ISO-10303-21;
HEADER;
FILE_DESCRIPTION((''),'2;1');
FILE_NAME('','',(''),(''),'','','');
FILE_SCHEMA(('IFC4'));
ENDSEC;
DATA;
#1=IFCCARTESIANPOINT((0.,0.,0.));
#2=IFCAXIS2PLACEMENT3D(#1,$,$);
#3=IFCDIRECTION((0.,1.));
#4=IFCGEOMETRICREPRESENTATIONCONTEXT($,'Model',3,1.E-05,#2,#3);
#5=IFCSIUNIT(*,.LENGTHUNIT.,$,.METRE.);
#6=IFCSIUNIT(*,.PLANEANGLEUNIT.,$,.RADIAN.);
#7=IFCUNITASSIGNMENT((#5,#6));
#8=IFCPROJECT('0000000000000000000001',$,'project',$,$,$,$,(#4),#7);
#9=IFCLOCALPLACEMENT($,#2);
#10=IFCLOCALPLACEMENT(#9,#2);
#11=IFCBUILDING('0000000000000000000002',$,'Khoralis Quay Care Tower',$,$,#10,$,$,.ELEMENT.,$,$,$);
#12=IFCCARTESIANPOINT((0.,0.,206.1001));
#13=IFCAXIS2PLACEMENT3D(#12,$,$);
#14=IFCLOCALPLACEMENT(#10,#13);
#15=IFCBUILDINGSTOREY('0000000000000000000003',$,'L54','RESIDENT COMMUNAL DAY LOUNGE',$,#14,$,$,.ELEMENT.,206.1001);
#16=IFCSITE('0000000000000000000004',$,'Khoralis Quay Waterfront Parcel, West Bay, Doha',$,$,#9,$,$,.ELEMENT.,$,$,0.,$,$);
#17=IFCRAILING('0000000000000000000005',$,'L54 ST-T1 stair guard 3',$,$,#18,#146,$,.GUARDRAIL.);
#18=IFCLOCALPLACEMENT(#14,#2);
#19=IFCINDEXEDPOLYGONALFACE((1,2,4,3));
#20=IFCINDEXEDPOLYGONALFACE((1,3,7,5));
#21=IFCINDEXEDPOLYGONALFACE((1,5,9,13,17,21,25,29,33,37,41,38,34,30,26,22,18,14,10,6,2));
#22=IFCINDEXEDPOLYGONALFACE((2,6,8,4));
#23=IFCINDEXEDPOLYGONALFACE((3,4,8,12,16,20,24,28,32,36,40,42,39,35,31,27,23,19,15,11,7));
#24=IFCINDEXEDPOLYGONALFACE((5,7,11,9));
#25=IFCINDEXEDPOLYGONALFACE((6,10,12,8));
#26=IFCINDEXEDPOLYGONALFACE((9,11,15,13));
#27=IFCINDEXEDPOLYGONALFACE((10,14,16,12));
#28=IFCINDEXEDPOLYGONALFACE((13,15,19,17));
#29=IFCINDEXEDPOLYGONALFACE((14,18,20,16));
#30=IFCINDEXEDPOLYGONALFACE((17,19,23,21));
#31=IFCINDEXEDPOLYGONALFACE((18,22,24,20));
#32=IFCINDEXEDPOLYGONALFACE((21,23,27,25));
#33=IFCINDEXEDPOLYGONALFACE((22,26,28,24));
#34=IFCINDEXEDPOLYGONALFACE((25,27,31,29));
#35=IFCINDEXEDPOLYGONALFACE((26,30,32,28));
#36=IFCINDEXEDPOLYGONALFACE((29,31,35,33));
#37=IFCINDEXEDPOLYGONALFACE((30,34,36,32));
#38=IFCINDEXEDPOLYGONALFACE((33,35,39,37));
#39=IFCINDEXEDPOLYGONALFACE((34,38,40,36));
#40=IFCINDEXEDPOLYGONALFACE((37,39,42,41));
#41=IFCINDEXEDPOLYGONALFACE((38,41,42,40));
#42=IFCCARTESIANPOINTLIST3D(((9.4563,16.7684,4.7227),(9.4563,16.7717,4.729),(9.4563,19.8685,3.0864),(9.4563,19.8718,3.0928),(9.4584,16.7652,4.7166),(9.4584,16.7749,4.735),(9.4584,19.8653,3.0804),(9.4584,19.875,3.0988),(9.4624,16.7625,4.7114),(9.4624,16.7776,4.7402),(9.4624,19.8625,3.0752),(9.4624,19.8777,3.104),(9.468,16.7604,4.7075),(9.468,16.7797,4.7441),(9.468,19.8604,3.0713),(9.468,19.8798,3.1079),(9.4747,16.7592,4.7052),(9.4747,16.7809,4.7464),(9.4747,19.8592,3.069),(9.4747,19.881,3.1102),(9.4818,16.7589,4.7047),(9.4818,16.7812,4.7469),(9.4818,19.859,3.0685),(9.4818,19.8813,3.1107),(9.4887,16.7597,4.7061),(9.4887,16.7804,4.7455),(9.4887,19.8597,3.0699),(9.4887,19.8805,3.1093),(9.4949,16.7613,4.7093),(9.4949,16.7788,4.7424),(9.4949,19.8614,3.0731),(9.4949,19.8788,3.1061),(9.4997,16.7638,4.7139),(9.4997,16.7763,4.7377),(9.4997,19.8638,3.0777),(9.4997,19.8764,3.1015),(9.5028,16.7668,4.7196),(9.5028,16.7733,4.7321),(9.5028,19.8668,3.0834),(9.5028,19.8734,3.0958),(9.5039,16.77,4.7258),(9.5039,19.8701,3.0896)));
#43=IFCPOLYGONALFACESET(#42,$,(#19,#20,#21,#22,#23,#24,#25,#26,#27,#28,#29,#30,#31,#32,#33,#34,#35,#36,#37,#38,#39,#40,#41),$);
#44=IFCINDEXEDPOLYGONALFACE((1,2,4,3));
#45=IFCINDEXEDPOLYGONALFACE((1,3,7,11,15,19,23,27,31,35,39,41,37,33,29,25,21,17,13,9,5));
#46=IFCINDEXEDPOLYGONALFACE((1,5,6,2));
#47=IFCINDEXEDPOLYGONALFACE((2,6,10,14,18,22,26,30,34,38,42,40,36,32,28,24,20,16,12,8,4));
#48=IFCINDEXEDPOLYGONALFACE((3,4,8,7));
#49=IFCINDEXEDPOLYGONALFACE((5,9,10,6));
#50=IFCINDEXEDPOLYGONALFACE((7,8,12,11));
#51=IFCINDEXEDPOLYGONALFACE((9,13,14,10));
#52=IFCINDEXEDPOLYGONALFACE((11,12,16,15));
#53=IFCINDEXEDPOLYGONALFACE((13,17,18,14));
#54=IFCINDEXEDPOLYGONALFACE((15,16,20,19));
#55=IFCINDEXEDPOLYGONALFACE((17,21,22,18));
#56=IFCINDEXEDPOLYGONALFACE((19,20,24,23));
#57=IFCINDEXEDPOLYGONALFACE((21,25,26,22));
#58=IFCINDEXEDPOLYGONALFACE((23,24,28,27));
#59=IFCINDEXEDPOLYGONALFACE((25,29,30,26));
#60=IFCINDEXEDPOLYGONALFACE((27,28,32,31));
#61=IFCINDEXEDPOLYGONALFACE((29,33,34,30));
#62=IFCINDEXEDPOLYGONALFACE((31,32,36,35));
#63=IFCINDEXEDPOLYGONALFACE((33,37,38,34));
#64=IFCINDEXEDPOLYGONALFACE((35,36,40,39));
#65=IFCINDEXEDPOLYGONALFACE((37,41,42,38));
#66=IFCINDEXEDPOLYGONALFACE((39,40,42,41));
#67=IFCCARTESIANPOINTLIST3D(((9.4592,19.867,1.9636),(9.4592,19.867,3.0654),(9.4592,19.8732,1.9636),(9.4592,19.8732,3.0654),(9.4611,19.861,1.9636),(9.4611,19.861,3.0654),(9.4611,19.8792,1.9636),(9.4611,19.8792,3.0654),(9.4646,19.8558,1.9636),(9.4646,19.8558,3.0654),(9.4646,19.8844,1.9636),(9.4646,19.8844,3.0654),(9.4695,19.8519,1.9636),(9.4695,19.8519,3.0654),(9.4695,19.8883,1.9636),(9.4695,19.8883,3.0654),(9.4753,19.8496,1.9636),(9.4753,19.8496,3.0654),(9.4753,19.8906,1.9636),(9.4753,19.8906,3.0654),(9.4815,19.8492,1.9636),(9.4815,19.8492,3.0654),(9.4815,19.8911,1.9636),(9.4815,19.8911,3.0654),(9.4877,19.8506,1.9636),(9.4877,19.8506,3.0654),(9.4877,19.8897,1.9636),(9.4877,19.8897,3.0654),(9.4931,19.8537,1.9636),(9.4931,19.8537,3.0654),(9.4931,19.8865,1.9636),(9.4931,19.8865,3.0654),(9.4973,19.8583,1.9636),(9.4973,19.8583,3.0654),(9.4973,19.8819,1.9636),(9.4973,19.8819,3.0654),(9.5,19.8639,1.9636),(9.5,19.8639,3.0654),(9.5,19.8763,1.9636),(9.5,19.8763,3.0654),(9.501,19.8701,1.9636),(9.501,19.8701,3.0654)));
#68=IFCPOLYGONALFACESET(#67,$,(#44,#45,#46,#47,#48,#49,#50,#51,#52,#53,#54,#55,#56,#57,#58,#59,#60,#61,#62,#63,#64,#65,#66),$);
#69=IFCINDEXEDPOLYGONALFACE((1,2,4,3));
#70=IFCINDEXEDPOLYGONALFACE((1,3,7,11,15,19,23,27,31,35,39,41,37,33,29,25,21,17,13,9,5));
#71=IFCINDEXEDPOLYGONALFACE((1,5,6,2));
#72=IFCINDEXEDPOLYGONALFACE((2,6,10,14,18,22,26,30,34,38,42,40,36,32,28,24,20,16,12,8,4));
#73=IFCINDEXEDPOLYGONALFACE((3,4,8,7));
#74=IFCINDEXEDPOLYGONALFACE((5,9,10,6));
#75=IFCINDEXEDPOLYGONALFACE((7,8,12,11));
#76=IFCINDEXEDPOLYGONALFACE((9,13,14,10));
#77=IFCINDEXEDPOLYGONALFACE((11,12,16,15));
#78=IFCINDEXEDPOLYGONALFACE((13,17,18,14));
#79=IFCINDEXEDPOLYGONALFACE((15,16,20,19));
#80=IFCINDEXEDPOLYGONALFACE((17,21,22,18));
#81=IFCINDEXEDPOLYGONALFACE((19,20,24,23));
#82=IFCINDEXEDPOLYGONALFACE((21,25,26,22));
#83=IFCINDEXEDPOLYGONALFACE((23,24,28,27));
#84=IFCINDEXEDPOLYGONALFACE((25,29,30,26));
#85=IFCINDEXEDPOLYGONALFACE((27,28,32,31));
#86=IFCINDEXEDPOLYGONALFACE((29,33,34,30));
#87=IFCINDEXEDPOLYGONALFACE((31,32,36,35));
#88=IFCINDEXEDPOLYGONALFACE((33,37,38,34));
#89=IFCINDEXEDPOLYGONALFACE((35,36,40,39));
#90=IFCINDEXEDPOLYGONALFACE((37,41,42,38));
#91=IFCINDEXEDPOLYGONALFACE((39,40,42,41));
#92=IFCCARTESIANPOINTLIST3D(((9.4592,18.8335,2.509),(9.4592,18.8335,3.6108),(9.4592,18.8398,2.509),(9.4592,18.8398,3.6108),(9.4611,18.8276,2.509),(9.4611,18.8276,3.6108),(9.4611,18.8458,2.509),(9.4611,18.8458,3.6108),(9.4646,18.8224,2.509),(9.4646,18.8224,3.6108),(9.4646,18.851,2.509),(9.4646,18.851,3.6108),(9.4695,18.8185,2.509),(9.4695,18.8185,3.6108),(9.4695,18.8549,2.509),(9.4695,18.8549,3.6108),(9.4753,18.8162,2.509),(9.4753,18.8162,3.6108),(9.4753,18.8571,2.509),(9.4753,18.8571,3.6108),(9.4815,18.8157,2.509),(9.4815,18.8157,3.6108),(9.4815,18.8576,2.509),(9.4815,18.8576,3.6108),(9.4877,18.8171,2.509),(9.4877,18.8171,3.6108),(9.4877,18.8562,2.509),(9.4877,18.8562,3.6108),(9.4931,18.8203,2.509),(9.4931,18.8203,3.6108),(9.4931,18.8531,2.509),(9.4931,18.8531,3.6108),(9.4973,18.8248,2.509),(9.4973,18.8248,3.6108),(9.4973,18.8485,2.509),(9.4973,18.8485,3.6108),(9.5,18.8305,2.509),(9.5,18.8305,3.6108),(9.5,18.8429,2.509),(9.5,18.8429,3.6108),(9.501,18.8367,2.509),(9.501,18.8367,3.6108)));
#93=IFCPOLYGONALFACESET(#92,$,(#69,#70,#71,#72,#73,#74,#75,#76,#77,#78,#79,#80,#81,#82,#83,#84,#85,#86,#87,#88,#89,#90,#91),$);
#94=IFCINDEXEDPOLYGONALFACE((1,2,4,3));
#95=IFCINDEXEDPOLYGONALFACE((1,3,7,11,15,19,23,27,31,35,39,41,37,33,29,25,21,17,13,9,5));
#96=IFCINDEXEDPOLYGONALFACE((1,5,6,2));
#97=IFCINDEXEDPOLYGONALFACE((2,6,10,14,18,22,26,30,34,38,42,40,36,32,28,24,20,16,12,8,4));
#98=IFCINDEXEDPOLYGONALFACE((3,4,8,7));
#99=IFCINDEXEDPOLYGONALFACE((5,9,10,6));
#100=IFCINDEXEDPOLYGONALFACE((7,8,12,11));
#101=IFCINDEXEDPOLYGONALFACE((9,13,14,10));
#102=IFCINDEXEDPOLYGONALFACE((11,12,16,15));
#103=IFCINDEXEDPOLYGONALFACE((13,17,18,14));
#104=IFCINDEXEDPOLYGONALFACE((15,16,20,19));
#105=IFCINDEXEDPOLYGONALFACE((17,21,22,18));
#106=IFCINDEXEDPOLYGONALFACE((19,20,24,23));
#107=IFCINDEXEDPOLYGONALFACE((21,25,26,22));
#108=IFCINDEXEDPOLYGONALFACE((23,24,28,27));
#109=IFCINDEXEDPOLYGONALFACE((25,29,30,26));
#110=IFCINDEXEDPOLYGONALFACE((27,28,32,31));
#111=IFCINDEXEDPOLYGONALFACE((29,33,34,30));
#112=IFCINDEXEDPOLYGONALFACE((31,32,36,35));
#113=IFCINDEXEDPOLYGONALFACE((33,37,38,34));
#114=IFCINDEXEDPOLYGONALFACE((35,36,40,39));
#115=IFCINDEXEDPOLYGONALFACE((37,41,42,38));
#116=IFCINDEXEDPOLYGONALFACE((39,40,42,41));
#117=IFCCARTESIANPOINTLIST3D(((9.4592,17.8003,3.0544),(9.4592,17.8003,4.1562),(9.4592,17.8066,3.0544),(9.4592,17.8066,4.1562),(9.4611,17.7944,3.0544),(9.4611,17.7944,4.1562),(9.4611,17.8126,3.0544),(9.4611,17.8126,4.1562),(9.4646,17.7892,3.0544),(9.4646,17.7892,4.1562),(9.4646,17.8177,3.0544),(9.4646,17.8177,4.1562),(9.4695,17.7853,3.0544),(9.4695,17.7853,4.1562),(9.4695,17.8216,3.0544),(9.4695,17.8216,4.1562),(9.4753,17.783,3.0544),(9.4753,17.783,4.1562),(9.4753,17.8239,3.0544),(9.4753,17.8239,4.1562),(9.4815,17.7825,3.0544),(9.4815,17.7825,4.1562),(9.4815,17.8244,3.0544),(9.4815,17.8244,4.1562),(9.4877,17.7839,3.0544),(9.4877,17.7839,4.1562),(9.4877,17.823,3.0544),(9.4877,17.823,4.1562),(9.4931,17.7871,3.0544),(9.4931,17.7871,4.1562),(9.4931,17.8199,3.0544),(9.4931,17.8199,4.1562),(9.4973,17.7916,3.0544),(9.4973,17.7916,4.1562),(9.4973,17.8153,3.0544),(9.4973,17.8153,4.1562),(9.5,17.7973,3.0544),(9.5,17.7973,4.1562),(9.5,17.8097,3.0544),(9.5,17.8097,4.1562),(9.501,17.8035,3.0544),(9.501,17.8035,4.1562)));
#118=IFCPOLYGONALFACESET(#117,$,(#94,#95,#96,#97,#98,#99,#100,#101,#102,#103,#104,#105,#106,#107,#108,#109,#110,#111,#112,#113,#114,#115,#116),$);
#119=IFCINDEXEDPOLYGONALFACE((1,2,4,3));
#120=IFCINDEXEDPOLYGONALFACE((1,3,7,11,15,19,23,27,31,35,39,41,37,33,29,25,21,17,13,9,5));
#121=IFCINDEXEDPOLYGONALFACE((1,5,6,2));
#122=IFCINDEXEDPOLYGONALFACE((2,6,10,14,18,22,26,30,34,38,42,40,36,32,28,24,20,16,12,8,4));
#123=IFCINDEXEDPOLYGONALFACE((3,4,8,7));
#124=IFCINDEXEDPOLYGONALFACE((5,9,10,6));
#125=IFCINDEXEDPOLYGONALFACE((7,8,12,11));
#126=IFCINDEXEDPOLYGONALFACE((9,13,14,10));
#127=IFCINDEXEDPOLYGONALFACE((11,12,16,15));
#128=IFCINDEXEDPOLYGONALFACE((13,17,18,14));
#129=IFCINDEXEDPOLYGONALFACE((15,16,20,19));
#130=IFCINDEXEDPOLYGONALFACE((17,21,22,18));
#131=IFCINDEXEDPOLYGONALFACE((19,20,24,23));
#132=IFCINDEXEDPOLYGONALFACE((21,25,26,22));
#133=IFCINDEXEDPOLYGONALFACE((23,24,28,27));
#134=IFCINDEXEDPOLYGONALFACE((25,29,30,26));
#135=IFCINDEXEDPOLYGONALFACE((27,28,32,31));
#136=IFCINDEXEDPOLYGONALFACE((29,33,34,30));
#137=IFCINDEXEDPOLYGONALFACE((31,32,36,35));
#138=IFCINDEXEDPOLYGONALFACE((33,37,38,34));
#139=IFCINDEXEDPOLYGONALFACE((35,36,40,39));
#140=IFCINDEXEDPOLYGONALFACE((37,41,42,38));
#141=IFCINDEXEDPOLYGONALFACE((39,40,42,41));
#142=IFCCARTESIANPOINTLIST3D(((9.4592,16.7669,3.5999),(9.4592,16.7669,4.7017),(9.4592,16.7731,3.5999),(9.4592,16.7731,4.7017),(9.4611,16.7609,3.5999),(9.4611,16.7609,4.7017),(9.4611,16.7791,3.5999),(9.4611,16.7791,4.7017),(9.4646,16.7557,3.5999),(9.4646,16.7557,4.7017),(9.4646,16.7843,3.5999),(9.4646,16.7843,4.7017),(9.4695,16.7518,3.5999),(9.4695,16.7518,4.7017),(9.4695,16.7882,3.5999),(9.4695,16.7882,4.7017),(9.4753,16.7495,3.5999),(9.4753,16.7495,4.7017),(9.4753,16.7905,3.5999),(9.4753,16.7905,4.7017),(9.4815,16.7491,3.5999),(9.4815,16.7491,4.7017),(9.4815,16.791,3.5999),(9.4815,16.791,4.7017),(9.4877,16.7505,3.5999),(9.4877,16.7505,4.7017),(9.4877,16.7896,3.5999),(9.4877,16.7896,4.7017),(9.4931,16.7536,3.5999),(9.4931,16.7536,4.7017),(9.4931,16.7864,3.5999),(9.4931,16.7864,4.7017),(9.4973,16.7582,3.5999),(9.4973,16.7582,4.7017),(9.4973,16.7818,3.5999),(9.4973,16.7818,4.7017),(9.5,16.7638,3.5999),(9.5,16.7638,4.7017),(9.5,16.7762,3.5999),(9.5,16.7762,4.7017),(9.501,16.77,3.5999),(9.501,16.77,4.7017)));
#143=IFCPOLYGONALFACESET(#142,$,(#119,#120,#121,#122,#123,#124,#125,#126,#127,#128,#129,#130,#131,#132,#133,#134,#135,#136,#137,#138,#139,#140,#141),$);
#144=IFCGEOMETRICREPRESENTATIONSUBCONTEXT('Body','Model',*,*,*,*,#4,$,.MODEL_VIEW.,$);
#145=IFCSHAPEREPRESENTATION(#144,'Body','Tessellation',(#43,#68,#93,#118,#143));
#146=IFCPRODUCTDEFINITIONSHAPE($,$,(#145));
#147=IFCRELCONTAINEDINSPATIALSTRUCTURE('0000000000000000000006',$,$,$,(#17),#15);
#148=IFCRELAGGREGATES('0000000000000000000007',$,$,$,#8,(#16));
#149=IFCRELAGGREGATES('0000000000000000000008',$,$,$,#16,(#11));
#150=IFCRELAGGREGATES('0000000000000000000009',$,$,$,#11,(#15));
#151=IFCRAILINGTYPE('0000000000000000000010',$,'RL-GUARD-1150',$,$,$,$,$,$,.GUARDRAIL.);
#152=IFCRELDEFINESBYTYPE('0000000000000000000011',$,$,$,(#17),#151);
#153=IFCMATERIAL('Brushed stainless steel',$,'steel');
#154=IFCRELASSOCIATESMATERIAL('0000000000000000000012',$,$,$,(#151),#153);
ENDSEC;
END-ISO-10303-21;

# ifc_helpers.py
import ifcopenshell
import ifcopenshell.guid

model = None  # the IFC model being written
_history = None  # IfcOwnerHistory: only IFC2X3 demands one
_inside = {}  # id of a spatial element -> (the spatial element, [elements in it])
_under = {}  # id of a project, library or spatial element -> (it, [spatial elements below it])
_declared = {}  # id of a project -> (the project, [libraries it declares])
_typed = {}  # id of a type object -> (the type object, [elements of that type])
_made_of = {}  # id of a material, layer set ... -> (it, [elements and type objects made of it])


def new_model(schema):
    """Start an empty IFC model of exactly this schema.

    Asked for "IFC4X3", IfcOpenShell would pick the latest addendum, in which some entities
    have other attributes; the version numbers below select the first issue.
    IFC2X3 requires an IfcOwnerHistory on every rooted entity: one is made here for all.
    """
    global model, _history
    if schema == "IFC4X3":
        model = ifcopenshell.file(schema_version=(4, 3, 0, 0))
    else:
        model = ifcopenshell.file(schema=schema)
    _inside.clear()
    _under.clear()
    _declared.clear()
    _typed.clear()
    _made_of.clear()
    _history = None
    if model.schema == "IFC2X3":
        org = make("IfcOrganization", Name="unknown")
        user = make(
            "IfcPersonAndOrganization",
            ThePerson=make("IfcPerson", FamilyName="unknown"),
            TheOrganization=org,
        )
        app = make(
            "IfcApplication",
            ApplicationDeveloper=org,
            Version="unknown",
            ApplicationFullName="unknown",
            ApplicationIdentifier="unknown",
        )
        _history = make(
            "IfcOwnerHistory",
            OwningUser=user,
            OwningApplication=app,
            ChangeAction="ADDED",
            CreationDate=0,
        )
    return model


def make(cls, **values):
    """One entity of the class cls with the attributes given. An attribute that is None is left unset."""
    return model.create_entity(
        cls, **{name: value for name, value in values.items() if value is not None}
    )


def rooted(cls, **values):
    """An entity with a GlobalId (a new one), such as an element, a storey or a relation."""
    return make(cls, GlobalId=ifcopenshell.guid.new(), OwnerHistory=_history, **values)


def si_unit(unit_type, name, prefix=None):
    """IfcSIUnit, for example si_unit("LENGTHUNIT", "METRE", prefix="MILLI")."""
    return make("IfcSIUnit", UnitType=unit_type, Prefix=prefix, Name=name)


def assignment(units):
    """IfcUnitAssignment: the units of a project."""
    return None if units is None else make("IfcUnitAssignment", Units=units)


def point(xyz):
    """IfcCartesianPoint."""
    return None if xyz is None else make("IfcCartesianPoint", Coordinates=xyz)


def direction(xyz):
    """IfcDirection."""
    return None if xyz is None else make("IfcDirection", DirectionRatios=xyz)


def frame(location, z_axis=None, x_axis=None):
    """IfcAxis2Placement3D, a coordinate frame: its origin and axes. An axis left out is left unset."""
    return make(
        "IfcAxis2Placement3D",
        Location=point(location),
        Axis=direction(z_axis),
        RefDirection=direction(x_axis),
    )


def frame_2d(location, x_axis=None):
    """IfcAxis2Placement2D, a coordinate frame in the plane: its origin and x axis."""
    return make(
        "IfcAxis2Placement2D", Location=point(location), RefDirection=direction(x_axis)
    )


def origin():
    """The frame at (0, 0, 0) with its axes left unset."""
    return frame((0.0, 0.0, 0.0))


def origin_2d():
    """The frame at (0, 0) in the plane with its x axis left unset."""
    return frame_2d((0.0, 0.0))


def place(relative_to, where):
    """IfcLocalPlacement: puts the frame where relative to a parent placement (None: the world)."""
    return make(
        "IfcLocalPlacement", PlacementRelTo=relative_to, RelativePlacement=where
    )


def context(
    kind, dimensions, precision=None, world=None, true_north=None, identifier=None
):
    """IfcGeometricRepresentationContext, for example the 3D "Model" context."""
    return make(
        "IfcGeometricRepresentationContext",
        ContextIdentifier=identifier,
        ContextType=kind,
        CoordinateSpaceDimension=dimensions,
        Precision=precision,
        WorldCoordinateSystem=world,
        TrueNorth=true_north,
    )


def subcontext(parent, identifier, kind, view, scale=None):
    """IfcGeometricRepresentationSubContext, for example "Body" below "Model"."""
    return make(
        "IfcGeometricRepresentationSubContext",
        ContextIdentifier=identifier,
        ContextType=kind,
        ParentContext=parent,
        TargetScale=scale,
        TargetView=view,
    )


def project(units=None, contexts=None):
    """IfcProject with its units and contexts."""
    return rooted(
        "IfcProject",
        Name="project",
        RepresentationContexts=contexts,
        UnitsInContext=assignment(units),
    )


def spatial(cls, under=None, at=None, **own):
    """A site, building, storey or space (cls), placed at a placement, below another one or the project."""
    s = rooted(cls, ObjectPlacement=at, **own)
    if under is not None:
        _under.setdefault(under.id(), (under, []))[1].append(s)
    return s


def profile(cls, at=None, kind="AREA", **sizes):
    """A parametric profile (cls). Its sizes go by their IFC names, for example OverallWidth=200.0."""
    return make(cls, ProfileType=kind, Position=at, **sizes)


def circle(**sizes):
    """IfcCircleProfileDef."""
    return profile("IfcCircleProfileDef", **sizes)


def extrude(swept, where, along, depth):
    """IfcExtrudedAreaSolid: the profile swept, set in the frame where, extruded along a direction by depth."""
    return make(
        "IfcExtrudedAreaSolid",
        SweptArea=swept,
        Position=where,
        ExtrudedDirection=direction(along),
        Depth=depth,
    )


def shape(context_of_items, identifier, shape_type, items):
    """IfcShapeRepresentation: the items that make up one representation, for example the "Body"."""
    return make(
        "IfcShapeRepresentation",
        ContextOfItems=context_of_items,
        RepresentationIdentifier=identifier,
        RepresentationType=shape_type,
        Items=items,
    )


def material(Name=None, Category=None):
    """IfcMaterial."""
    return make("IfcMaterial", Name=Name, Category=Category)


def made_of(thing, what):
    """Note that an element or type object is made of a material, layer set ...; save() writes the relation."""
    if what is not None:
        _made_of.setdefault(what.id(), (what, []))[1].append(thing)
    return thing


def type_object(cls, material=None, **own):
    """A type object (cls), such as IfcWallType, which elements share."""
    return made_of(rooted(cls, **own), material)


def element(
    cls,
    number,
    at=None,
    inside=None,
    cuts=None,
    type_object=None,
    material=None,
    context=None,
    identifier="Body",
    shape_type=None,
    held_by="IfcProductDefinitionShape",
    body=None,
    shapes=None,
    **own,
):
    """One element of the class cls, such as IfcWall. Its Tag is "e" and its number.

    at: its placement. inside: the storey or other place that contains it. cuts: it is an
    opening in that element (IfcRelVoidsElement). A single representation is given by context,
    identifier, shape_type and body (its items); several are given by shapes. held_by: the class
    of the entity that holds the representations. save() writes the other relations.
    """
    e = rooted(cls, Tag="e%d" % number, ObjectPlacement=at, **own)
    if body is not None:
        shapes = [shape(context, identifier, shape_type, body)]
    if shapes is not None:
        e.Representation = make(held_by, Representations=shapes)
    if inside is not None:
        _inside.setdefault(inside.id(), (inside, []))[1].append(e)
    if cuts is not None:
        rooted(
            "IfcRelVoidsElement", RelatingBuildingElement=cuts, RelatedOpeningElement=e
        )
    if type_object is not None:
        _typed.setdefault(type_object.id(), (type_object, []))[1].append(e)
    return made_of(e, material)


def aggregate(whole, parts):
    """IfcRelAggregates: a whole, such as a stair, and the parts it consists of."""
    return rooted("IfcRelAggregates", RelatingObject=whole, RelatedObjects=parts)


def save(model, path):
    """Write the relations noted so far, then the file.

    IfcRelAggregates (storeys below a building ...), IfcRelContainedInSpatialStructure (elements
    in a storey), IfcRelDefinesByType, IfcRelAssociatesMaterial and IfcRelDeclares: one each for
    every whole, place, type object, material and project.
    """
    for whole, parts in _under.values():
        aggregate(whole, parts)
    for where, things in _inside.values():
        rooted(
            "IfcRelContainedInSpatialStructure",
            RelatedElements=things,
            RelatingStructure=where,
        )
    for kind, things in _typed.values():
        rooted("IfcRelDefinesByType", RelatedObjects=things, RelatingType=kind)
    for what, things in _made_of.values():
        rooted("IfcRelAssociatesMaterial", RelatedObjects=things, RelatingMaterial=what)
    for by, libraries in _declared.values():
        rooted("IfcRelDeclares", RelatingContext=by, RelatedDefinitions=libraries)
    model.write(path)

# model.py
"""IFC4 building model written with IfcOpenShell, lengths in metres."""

from ifc_helpers import new_model, si_unit, direction, frame, origin, origin_2d, place, context, subcontext, project, spatial, circle, extrude, material, type_object, element, save


model = new_model("IFC4")

# Units and contexts
model_context = context("Model", 3, precision=1e-05, world=origin(), true_north=direction((0.0, 1.0)))
body_context = subcontext(model_context, "Body", "Model", "MODEL_VIEW")
ifc_project = project(units=[si_unit("LENGTHUNIT", "METRE"), si_unit("PLANEANGLEUNIT", "RADIAN")], contexts=[model_context])

# Site, building, storey
site_placement = place(None, origin())
site = spatial("IfcSite", under=ifc_project, at=site_placement, Name="Khoralis Quay Waterfront Parcel, West Bay, Doha", CompositionType="ELEMENT", RefElevation=0.0)
building_placement = place(site_placement, origin())
building = spatial("IfcBuilding", under=site, at=building_placement, Name="Khoralis Quay Care Tower", CompositionType="ELEMENT")
storey_placement = place(building_placement, frame((0.0, 0.0, 206.1001)))
storey = spatial("IfcBuildingStorey", under=building, at=storey_placement, Name="L54", Description="RESIDENT COMMUNAL DAY LOUNGE", CompositionType="ELEMENT", Elevation=206.1001)

# Railing
ifc_material_1 = material(Name="Brushed stainless steel", Category="steel")
railing_type_1 = type_object("IfcRailingType", Name="RL-GUARD-1150", PredefinedType="GUARDRAIL", material=ifc_material_1)
railing_1_placement = place(storey_placement, frame((9.48, 19.8701, 1.9636)))
element("IfcRailing", 1, at=railing_1_placement, inside=storey, type_object=railing_type_1, Name="L54 ST-T1 stair guard 3", PredefinedType="GUARDRAIL", context=body_context, shape_type="SweptSolid", body=[
    extrude(circle(Radius=0.0239, at=origin_2d()), frame((0.0, 0.0, 1.126), z_axis=(0.0, -0.884377, 0.466774), x_axis=(1.0, 0.0, 0.0)), (0.0, 0.0, 1.0), 3.5054),
    extrude(circle(Radius=0.021, at=origin_2d()), origin(), (0.0, 0.0, 1.0), 1.1018),
    extrude(circle(Radius=0.021, at=origin_2d()), frame((0.0, -1.0334, 0.5454)), (0.0, 0.0, 1.0), 1.1018),
    extrude(circle(Radius=0.021, at=origin_2d()), frame((0.0, -2.0667, 1.0908)), (0.0, 0.0, 1.0), 1.1018),
    extrude(circle(Radius=0.021, at=origin_2d()), frame((0.0, -3.1001, 1.6362)), (0.0, 0.0, 1.0), 1.1018),
])

save(model, "model.ifc")
